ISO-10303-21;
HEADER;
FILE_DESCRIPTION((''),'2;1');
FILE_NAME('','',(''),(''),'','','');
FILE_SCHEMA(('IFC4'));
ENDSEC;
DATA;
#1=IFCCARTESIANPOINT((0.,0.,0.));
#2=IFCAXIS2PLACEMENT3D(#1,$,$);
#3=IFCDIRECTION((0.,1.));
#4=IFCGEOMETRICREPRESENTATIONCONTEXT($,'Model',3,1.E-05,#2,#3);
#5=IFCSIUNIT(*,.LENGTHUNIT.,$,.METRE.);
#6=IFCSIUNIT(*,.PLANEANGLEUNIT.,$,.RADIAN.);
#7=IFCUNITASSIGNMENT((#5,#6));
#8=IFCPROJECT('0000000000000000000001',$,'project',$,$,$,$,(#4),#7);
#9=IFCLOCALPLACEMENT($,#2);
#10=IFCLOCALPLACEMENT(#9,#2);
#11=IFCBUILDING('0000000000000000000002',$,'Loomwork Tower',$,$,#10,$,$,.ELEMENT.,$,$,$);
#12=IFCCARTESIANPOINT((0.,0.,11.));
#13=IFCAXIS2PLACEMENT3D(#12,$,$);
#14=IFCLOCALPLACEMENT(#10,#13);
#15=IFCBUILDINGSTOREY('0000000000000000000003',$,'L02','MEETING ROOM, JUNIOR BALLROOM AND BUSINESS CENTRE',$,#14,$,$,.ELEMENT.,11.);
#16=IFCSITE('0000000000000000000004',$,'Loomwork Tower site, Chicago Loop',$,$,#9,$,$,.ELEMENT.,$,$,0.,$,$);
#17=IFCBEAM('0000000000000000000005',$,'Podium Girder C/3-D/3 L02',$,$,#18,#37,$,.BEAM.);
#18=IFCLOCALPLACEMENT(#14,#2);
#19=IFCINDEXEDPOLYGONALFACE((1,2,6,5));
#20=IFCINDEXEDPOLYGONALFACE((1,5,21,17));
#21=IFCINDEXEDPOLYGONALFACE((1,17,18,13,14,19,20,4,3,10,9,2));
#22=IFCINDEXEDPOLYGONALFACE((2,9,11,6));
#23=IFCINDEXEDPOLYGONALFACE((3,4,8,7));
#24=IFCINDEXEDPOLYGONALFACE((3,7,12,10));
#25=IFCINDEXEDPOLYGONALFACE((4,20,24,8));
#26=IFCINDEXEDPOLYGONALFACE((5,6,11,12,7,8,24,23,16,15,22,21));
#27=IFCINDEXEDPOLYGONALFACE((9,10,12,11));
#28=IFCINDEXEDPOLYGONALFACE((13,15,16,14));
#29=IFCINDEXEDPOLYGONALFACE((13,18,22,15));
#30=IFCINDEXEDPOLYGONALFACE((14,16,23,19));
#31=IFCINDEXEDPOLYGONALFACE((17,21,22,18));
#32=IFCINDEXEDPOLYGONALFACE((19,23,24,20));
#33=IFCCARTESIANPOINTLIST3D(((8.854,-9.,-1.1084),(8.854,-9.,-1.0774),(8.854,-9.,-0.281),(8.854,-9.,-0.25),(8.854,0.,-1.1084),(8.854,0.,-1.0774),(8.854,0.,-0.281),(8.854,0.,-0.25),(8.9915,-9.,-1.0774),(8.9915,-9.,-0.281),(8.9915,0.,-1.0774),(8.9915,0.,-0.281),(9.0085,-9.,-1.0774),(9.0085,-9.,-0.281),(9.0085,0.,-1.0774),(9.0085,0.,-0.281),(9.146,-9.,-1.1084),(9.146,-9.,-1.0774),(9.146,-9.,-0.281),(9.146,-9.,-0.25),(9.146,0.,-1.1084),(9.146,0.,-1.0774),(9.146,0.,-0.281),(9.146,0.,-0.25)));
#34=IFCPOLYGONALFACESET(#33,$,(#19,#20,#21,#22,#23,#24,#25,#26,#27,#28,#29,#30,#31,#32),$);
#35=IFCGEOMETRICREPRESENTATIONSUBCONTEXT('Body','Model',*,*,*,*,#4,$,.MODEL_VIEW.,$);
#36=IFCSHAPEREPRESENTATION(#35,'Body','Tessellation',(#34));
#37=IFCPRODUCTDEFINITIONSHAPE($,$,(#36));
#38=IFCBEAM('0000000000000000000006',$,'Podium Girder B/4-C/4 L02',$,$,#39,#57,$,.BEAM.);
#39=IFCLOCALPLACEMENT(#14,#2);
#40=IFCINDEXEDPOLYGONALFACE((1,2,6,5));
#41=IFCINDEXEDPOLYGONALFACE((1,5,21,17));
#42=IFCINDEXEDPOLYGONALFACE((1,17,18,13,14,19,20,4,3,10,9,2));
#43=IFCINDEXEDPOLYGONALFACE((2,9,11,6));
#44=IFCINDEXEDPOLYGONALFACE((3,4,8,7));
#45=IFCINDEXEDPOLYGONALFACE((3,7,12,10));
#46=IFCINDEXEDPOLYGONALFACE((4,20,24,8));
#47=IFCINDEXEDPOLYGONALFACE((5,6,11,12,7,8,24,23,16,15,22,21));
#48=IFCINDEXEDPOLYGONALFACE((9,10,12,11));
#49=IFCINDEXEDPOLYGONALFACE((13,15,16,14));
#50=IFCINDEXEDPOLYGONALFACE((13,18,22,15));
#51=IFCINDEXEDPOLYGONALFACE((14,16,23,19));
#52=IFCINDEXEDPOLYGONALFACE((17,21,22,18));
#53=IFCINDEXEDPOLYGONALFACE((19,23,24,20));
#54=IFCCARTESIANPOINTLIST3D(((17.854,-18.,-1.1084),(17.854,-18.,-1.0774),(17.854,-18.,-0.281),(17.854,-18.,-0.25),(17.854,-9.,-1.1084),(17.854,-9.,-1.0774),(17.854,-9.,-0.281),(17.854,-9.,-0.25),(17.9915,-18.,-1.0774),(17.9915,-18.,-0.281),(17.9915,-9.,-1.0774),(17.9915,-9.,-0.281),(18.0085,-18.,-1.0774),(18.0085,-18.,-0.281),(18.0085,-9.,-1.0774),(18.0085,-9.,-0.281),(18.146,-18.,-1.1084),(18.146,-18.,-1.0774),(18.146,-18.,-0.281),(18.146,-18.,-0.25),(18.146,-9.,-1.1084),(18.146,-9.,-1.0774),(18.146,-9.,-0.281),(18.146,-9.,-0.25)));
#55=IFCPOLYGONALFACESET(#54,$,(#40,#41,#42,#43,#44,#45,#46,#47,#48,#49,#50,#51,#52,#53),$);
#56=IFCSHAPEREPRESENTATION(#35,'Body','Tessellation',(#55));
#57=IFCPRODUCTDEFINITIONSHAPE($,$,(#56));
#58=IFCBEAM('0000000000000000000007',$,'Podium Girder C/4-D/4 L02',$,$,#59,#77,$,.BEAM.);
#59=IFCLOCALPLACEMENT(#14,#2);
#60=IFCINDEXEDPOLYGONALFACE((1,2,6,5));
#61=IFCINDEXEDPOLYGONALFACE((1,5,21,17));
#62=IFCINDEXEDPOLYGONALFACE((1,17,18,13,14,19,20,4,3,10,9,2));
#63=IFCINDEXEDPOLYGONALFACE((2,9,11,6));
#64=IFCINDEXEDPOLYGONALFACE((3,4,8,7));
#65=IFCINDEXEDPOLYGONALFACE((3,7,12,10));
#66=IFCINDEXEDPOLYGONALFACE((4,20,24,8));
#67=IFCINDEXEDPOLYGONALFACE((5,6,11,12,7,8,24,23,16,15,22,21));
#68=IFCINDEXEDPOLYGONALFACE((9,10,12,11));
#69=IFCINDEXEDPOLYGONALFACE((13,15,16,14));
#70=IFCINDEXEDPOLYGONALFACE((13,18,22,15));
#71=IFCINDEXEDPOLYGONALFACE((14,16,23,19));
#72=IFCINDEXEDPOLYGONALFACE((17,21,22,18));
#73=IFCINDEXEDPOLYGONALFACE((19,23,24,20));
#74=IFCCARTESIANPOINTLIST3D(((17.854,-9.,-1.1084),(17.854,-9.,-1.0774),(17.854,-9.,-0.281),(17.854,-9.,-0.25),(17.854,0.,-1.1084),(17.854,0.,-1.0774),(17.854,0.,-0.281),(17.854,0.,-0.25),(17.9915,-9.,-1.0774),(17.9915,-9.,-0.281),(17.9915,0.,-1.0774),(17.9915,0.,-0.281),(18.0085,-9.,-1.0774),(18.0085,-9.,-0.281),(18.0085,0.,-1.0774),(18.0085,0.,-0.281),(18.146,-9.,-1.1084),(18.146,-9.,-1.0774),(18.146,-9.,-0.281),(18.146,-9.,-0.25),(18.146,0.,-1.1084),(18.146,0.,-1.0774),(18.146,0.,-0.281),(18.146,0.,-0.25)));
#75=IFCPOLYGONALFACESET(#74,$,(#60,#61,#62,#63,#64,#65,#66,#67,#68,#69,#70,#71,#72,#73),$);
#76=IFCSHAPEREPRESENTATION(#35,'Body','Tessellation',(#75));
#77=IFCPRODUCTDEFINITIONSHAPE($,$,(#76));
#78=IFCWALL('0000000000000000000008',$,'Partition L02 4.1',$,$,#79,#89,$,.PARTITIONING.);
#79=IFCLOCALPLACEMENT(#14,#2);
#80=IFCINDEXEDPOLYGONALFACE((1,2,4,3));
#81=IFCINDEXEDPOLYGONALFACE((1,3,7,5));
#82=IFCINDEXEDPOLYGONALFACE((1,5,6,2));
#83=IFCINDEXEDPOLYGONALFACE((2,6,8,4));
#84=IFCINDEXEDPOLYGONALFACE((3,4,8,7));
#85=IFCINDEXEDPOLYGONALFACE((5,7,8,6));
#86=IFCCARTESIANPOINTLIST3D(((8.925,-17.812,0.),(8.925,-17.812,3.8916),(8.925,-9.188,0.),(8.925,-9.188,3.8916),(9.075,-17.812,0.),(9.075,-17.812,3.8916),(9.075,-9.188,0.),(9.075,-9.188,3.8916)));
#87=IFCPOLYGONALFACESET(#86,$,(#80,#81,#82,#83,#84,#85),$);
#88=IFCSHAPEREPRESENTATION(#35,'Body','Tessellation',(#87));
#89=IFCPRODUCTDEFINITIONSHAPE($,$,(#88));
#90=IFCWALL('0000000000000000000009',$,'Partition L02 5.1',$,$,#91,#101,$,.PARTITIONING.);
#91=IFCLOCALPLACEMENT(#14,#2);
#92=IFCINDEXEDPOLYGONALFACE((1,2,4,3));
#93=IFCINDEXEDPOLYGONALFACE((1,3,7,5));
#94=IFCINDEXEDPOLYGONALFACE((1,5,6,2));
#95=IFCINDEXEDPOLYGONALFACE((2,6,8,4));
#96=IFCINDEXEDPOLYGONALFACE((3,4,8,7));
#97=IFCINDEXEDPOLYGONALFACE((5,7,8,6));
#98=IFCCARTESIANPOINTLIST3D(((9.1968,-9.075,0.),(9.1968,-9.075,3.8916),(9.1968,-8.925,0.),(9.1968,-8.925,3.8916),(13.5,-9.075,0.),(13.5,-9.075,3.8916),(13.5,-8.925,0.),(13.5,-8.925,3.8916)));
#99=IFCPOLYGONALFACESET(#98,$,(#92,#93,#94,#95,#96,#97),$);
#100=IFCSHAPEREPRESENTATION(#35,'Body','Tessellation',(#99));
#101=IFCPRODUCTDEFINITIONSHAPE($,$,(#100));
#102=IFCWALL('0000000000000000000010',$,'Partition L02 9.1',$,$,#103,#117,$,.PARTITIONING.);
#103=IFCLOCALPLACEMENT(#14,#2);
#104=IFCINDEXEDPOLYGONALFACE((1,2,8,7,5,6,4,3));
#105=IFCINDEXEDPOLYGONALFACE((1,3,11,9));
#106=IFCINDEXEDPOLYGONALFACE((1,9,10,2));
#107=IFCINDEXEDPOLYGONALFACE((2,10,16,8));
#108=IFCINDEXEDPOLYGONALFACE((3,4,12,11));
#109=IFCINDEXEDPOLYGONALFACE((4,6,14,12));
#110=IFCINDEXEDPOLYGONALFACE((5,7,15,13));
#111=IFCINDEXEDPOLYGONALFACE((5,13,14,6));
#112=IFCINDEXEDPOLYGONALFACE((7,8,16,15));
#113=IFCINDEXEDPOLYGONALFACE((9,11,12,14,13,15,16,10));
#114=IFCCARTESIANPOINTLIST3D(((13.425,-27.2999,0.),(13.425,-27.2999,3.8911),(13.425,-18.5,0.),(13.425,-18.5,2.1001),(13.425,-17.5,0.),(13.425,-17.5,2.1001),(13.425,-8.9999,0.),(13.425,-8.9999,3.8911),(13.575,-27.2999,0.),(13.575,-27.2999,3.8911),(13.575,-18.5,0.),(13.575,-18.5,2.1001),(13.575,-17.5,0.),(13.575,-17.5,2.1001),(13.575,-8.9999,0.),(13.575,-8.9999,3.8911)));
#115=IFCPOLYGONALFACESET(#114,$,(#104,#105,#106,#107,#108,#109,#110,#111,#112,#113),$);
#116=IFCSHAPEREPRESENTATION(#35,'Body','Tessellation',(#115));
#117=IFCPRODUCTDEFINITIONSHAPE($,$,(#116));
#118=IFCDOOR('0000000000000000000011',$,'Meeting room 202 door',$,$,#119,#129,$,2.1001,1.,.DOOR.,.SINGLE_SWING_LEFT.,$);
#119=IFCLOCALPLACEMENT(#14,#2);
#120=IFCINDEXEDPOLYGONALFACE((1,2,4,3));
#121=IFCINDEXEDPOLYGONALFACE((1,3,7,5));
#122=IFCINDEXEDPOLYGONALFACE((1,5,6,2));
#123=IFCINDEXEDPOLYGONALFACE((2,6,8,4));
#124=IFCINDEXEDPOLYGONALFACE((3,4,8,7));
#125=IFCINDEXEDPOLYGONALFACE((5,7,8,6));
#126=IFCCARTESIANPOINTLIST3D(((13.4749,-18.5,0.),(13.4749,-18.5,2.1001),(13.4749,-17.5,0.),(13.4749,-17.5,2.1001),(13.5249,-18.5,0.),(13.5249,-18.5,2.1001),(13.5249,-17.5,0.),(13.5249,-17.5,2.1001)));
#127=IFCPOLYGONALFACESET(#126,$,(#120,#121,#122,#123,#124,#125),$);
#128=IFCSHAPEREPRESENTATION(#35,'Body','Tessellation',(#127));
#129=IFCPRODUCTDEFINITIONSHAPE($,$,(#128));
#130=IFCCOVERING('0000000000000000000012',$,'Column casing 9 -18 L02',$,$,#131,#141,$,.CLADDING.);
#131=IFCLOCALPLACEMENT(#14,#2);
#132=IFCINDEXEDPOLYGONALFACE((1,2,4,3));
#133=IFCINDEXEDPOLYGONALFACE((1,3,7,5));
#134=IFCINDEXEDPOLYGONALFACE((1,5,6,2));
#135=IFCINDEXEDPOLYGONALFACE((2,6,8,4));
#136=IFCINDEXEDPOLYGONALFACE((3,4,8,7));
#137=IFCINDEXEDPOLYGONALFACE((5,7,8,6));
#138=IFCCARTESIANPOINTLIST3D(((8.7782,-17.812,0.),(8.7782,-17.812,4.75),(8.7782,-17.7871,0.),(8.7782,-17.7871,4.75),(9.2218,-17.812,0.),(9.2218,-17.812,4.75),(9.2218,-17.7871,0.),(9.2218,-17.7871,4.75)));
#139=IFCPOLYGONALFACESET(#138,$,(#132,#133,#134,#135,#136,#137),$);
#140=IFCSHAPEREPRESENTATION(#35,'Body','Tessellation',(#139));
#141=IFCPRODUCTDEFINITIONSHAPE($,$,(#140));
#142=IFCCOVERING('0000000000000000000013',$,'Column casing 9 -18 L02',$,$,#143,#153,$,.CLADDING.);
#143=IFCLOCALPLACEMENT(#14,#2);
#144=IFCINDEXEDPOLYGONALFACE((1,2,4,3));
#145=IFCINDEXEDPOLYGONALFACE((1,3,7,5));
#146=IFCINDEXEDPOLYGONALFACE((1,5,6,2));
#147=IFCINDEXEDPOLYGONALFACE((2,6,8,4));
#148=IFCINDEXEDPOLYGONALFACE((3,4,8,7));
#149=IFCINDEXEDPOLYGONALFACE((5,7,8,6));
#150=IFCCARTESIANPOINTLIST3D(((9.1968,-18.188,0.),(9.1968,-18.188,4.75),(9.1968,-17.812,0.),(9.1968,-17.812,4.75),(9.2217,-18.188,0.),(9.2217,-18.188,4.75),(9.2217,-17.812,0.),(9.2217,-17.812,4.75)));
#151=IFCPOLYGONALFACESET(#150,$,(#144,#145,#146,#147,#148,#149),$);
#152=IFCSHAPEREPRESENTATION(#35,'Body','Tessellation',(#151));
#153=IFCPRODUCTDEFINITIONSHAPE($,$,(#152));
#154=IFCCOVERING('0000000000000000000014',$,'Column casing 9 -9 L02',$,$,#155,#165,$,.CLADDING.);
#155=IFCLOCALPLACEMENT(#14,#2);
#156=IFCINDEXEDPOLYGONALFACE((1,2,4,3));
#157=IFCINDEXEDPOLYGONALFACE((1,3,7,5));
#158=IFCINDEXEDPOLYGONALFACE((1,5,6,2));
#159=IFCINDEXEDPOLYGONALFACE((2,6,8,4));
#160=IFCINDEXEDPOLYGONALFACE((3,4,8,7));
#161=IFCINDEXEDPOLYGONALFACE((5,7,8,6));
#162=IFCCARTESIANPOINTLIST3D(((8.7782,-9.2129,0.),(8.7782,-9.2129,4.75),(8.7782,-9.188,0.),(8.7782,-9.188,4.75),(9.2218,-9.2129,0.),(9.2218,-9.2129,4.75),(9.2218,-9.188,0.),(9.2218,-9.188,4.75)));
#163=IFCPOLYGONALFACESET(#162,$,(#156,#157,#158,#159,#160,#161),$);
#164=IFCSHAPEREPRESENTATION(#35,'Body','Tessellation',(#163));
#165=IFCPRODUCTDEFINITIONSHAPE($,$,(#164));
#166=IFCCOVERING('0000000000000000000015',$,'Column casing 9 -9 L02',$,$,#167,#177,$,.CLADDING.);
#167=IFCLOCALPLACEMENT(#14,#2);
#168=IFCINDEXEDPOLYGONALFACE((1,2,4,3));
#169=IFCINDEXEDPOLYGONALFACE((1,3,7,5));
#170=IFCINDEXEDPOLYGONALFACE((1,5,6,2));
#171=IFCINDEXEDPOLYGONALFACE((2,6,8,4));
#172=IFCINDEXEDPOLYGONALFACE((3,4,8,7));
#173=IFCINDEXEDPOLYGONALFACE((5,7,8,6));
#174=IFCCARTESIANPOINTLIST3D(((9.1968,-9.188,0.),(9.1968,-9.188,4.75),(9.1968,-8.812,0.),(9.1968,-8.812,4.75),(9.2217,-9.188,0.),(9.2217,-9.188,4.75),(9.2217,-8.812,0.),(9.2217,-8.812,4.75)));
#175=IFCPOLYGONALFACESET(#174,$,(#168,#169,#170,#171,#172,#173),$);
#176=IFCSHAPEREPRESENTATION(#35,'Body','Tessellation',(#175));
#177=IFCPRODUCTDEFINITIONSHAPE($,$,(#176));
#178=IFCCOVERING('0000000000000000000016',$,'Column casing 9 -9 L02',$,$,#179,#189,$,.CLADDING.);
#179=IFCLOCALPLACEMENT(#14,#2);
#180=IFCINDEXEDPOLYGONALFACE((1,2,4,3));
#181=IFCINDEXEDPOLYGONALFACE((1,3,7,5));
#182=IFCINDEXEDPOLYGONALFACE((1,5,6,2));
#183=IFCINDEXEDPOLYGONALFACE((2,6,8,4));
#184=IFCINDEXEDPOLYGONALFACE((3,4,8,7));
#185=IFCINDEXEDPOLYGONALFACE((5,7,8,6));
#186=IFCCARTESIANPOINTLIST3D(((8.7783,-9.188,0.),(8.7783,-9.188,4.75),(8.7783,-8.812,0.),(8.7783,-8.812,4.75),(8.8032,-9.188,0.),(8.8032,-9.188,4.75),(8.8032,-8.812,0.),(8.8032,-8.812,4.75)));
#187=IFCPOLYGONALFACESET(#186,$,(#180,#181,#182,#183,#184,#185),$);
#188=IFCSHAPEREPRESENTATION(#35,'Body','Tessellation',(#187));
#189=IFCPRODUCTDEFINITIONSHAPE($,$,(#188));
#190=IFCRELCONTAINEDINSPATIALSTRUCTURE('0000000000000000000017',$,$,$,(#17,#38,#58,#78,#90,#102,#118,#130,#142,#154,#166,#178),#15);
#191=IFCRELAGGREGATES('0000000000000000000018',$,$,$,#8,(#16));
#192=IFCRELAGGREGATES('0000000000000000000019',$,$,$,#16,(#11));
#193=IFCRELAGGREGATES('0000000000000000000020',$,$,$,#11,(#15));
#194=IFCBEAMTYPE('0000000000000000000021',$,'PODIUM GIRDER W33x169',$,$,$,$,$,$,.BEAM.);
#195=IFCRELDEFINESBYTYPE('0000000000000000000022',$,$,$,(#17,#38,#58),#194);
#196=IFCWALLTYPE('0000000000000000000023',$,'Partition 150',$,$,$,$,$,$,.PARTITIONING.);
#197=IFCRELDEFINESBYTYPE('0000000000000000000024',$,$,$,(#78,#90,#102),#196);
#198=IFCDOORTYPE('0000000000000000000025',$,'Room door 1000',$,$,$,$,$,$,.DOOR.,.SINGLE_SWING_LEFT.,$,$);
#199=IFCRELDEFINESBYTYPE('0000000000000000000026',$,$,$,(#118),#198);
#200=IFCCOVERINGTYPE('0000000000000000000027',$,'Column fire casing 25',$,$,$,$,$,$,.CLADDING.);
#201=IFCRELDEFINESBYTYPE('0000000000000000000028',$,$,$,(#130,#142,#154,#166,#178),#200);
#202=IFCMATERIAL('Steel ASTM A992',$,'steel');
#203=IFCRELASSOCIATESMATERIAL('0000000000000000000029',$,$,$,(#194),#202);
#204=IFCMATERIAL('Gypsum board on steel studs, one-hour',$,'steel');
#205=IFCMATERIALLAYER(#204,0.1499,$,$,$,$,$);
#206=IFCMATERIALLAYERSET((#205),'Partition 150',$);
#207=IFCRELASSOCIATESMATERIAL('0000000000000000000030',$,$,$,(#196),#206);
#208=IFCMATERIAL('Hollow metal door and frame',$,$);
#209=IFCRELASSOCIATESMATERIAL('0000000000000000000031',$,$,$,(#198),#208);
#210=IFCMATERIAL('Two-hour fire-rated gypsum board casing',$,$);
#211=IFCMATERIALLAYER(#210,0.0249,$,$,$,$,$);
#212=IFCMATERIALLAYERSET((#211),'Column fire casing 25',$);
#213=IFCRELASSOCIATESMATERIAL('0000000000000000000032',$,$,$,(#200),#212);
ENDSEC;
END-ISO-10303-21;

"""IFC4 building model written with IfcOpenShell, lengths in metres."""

from ifc_helpers import new_model, si_unit, direction, frame, frame_2d, origin, origin_2d, place, context, subcontext, project, spatial, rectangle, i_section, extrude, material, layer, layer_set, material_profile, profile_set, type_object, element, fill, save


model = new_model("IFC4")

# Units and contexts
model_context = context("Model", 3, precision=1e-05, world=origin(), true_north=direction((0.0, 1.0)))
body_context = subcontext(model_context, "Body", "Model", "MODEL_VIEW")
ifc_project = project(units=[si_unit("LENGTHUNIT", "METRE"), si_unit("PLANEANGLEUNIT", "RADIAN")], contexts=[model_context])

# Site, building, storey
site_placement = place(None, origin())
site = spatial("IfcSite", under=ifc_project, at=site_placement, Name="Loomwork Tower site, Chicago Loop", CompositionType="ELEMENT", RefElevation=0.0)
building_placement = place(site_placement, origin())
building = spatial("IfcBuilding", under=site, at=building_placement, Name="Loomwork Tower", CompositionType="ELEMENT")
storey_placement = place(building_placement, frame((0.0, 0.0, 11.0)))
storey = spatial("IfcBuildingStorey", under=building, at=storey_placement, Name="L02", Description="MEETING ROOM, JUNIOR BALLROOM AND BUSINESS CENTRE", CompositionType="ELEMENT", Elevation=11.0)

# Beams
ifc_material_1 = material(Name="Steel ASTM A992", Category="steel")
ifc_material_profile_1 = material_profile(ifc_material_1, i_section(OverallWidth=0.292, OverallDepth=0.8584, WebThickness=0.0171, FlangeThickness=0.031, at=origin_2d()), Name="W33x169")
ifc_profile_set_1 = profile_set([ifc_material_profile_1], Name="Steel ASTM A992")
beam_type_1 = type_object("IfcBeamType", Name="PODIUM GIRDER W33x169", PredefinedType="BEAM", material=ifc_profile_set_1)
for number, where, z_axis, x_axis, name in (
    (1, (9.0, -9.0, -0.6792), (0.0, 1.0, 0.0), (-1.0, 0.0, 0.0), "Podium Girder C/3-D/3 L02"),
    (2, (18.0, -18.0, -0.6792), (0.0, 1.0, 0.0), (-1.0, 0.0, 0.0), "Podium Girder B/4-C/4 L02"),
    (3, (18.0, -9.0, -0.6792), (0.0, 1.0, 0.0), (-1.0, 0.0, 0.0), "Podium Girder C/4-D/4 L02"),
):
    element("IfcBeam", number, at=place(storey_placement, frame(where, z_axis=z_axis, x_axis=x_axis)), inside=storey, type_object=beam_type_1, Name=name, PredefinedType="BEAM", context=body_context, shape_type="SweptSolid", body=[
        extrude(i_section(OverallWidth=0.292, OverallDepth=0.8584, WebThickness=0.0171, FlangeThickness=0.031, at=origin_2d()), origin(), (0.0, 0.0, 1.0), 9.0),
    ])

# Walls
ifc_material_2 = material(Name="Gypsum board on steel studs, one-hour", Category="steel")
ifc_layer_1 = layer(ifc_material_2, 0.1499)
ifc_layer_set_1 = layer_set([ifc_layer_1], Name="Partition 150")
wall_type = type_object("IfcWallType", Name="Partition 150", PredefinedType="PARTITIONING", material=ifc_layer_set_1)
wall_1_placement = place(storey_placement, frame((9.0, -9.188, 0.0), z_axis=(0.0, 0.0, 1.0), x_axis=(0.0, -1.0, 0.0)))
element("IfcWall", 4, at=wall_1_placement, inside=storey, type_object=wall_type, Name="Partition L02 4.1", PredefinedType="PARTITIONING", context=body_context, shape_type="SweptSolid", body=[
    extrude(rectangle(XDim=8.624, YDim=0.1499, at=frame_2d((4.312, 0.0))), origin(), (0.0, 0.0, 1.0), 3.8916),
])
wall_2_placement = place(storey_placement, frame((9.1968, -9.0, 0.0), z_axis=(0.0, 0.0, 1.0), x_axis=(1.0, 0.0, 0.0)))
element("IfcWall", 5, at=wall_2_placement, inside=storey, type_object=wall_type, Name="Partition L02 5.1", PredefinedType="PARTITIONING", context=body_context, shape_type="SweptSolid", body=[
    extrude(rectangle(XDim=4.3032, YDim=0.1499, at=frame_2d((2.1516, 0.0))), origin(), (0.0, 0.0, 1.0), 3.8916),
])

# Wall, opening, door
wall_3_placement = place(storey_placement, frame((13.5, -9.0, 0.0), z_axis=(0.0, 0.0, 1.0), x_axis=(0.0, -1.0, 0.0)))
wall_3 = element("IfcWall", 6, at=wall_3_placement, inside=storey, type_object=wall_type, Name="Partition L02 9.1", PredefinedType="PARTITIONING", context=body_context, shape_type="SweptSolid", body=[
    extrude(rectangle(XDim=18.3, YDim=0.1499, at=frame_2d((9.1499, 0.0))), origin(), (0.0, 0.0, 1.0), 3.8911),
])
opening_placement = place(wall_3_placement, frame((8.5, 0.0, 0.0)))
opening = element("IfcOpeningElement", 7, at=opening_placement, cuts=wall_3, PredefinedType="OPENING", context=body_context, shape_type="SweptSolid", body=[
    extrude(rectangle(XDim=1.0, YDim=2.1001, at=frame_2d((0.5, 1.05))), frame((0.0, 0.085, 0.0), z_axis=(0.0, -1.0, 0.0), x_axis=(1.0, 0.0, 0.0)), (0.0, 0.0, 1.0), 0.1699),
])
ifc_material_3 = material(Name="Hollow metal door and frame")
door_type = type_object("IfcDoorType", Name="Room door 1000", OperationType="SINGLE_SWING_LEFT", PredefinedType="DOOR", material=ifc_material_3)
door_placement = place(opening_placement, origin())
door = element("IfcDoor", 8, at=door_placement, inside=storey, type_object=door_type, Name="Meeting room 202 door", OperationType="SINGLE_SWING_LEFT", OverallHeight=2.1001, OverallWidth=1.0, PredefinedType="DOOR", context=body_context, shape_type="SweptSolid", body=[
    extrude(rectangle(XDim=1.0, YDim=2.1001, at=frame_2d((0.5, 1.05))), frame((0.0, 0.0249, 0.0), z_axis=(0.0, -1.0, 0.0), x_axis=(1.0, 0.0, 0.0)), (0.0, 0.0, 1.0), 0.05),
])
fill(opening, door)

# Coverings
ifc_material_4 = material(Name="Two-hour fire-rated gypsum board casing")
ifc_layer_2 = layer(ifc_material_4, 0.0249)
ifc_layer_set_2 = layer_set([ifc_layer_2], Name="Column fire casing 25")
covering_type = type_object("IfcCoveringType", Name="Column fire casing 25", PredefinedType="CLADDING", material=ifc_layer_set_2)
covering_1_placement = place(storey_placement, frame((9.0, -17.7996, 0.0), z_axis=(0.0, 0.0, 1.0), x_axis=(1.0, 0.0, 0.0)))
element("IfcCovering", 9, at=covering_1_placement, inside=storey, type_object=covering_type, Name="Column casing 9 -18 L02", PredefinedType="CLADDING", context=body_context, shape_type="SweptSolid", body=[
    extrude(rectangle(XDim=0.4436, YDim=0.0249, at=origin_2d()), origin(), (0.0, 0.0, 1.0), 4.75),
])
covering_2_placement = place(storey_placement, frame((9.2092, -18.0, 0.0), z_axis=(0.0, 0.0, 1.0), x_axis=(1.0, 0.0, 0.0)))
element("IfcCovering", 10, at=covering_2_placement, inside=storey, type_object=covering_type, Name="Column casing 9 -18 L02", PredefinedType="CLADDING", context=body_context, shape_type="SweptSolid", body=[
    extrude(rectangle(XDim=0.0249, YDim=0.376, at=origin_2d()), origin(), (0.0, 0.0, 1.0), 4.75),
])
covering_3_placement = place(storey_placement, frame((9.0, -9.2004, 0.0), z_axis=(0.0, 0.0, 1.0), x_axis=(1.0, 0.0, 0.0)))
element("IfcCovering", 11, at=covering_3_placement, inside=storey, type_object=covering_type, Name="Column casing 9 -9 L02", PredefinedType="CLADDING", context=body_context, shape_type="SweptSolid", body=[
    extrude(rectangle(XDim=0.4436, YDim=0.0249, at=origin_2d()), origin(), (0.0, 0.0, 1.0), 4.75),
])
for number, where, z_axis, x_axis, name in (
    (12, (9.2092, -9.0, 0.0), (0.0, 0.0, 1.0), (1.0, 0.0, 0.0), "Column casing 9 -9 L02"),
    (13, (8.7908, -9.0, 0.0), (0.0, 0.0, 1.0), (1.0, 0.0, 0.0), "Column casing 9 -9 L02"),
):
    element("IfcCovering", number, at=place(storey_placement, frame(where, z_axis=z_axis, x_axis=x_axis)), inside=storey, type_object=covering_type, Name=name, PredefinedType="CLADDING", context=body_context, shape_type="SweptSolid", body=[
        extrude(rectangle(XDim=0.0249, YDim=0.376, at=origin_2d()), origin(), (0.0, 0.0, 1.0), 4.75),
    ])

save(model, "model.ifc")
